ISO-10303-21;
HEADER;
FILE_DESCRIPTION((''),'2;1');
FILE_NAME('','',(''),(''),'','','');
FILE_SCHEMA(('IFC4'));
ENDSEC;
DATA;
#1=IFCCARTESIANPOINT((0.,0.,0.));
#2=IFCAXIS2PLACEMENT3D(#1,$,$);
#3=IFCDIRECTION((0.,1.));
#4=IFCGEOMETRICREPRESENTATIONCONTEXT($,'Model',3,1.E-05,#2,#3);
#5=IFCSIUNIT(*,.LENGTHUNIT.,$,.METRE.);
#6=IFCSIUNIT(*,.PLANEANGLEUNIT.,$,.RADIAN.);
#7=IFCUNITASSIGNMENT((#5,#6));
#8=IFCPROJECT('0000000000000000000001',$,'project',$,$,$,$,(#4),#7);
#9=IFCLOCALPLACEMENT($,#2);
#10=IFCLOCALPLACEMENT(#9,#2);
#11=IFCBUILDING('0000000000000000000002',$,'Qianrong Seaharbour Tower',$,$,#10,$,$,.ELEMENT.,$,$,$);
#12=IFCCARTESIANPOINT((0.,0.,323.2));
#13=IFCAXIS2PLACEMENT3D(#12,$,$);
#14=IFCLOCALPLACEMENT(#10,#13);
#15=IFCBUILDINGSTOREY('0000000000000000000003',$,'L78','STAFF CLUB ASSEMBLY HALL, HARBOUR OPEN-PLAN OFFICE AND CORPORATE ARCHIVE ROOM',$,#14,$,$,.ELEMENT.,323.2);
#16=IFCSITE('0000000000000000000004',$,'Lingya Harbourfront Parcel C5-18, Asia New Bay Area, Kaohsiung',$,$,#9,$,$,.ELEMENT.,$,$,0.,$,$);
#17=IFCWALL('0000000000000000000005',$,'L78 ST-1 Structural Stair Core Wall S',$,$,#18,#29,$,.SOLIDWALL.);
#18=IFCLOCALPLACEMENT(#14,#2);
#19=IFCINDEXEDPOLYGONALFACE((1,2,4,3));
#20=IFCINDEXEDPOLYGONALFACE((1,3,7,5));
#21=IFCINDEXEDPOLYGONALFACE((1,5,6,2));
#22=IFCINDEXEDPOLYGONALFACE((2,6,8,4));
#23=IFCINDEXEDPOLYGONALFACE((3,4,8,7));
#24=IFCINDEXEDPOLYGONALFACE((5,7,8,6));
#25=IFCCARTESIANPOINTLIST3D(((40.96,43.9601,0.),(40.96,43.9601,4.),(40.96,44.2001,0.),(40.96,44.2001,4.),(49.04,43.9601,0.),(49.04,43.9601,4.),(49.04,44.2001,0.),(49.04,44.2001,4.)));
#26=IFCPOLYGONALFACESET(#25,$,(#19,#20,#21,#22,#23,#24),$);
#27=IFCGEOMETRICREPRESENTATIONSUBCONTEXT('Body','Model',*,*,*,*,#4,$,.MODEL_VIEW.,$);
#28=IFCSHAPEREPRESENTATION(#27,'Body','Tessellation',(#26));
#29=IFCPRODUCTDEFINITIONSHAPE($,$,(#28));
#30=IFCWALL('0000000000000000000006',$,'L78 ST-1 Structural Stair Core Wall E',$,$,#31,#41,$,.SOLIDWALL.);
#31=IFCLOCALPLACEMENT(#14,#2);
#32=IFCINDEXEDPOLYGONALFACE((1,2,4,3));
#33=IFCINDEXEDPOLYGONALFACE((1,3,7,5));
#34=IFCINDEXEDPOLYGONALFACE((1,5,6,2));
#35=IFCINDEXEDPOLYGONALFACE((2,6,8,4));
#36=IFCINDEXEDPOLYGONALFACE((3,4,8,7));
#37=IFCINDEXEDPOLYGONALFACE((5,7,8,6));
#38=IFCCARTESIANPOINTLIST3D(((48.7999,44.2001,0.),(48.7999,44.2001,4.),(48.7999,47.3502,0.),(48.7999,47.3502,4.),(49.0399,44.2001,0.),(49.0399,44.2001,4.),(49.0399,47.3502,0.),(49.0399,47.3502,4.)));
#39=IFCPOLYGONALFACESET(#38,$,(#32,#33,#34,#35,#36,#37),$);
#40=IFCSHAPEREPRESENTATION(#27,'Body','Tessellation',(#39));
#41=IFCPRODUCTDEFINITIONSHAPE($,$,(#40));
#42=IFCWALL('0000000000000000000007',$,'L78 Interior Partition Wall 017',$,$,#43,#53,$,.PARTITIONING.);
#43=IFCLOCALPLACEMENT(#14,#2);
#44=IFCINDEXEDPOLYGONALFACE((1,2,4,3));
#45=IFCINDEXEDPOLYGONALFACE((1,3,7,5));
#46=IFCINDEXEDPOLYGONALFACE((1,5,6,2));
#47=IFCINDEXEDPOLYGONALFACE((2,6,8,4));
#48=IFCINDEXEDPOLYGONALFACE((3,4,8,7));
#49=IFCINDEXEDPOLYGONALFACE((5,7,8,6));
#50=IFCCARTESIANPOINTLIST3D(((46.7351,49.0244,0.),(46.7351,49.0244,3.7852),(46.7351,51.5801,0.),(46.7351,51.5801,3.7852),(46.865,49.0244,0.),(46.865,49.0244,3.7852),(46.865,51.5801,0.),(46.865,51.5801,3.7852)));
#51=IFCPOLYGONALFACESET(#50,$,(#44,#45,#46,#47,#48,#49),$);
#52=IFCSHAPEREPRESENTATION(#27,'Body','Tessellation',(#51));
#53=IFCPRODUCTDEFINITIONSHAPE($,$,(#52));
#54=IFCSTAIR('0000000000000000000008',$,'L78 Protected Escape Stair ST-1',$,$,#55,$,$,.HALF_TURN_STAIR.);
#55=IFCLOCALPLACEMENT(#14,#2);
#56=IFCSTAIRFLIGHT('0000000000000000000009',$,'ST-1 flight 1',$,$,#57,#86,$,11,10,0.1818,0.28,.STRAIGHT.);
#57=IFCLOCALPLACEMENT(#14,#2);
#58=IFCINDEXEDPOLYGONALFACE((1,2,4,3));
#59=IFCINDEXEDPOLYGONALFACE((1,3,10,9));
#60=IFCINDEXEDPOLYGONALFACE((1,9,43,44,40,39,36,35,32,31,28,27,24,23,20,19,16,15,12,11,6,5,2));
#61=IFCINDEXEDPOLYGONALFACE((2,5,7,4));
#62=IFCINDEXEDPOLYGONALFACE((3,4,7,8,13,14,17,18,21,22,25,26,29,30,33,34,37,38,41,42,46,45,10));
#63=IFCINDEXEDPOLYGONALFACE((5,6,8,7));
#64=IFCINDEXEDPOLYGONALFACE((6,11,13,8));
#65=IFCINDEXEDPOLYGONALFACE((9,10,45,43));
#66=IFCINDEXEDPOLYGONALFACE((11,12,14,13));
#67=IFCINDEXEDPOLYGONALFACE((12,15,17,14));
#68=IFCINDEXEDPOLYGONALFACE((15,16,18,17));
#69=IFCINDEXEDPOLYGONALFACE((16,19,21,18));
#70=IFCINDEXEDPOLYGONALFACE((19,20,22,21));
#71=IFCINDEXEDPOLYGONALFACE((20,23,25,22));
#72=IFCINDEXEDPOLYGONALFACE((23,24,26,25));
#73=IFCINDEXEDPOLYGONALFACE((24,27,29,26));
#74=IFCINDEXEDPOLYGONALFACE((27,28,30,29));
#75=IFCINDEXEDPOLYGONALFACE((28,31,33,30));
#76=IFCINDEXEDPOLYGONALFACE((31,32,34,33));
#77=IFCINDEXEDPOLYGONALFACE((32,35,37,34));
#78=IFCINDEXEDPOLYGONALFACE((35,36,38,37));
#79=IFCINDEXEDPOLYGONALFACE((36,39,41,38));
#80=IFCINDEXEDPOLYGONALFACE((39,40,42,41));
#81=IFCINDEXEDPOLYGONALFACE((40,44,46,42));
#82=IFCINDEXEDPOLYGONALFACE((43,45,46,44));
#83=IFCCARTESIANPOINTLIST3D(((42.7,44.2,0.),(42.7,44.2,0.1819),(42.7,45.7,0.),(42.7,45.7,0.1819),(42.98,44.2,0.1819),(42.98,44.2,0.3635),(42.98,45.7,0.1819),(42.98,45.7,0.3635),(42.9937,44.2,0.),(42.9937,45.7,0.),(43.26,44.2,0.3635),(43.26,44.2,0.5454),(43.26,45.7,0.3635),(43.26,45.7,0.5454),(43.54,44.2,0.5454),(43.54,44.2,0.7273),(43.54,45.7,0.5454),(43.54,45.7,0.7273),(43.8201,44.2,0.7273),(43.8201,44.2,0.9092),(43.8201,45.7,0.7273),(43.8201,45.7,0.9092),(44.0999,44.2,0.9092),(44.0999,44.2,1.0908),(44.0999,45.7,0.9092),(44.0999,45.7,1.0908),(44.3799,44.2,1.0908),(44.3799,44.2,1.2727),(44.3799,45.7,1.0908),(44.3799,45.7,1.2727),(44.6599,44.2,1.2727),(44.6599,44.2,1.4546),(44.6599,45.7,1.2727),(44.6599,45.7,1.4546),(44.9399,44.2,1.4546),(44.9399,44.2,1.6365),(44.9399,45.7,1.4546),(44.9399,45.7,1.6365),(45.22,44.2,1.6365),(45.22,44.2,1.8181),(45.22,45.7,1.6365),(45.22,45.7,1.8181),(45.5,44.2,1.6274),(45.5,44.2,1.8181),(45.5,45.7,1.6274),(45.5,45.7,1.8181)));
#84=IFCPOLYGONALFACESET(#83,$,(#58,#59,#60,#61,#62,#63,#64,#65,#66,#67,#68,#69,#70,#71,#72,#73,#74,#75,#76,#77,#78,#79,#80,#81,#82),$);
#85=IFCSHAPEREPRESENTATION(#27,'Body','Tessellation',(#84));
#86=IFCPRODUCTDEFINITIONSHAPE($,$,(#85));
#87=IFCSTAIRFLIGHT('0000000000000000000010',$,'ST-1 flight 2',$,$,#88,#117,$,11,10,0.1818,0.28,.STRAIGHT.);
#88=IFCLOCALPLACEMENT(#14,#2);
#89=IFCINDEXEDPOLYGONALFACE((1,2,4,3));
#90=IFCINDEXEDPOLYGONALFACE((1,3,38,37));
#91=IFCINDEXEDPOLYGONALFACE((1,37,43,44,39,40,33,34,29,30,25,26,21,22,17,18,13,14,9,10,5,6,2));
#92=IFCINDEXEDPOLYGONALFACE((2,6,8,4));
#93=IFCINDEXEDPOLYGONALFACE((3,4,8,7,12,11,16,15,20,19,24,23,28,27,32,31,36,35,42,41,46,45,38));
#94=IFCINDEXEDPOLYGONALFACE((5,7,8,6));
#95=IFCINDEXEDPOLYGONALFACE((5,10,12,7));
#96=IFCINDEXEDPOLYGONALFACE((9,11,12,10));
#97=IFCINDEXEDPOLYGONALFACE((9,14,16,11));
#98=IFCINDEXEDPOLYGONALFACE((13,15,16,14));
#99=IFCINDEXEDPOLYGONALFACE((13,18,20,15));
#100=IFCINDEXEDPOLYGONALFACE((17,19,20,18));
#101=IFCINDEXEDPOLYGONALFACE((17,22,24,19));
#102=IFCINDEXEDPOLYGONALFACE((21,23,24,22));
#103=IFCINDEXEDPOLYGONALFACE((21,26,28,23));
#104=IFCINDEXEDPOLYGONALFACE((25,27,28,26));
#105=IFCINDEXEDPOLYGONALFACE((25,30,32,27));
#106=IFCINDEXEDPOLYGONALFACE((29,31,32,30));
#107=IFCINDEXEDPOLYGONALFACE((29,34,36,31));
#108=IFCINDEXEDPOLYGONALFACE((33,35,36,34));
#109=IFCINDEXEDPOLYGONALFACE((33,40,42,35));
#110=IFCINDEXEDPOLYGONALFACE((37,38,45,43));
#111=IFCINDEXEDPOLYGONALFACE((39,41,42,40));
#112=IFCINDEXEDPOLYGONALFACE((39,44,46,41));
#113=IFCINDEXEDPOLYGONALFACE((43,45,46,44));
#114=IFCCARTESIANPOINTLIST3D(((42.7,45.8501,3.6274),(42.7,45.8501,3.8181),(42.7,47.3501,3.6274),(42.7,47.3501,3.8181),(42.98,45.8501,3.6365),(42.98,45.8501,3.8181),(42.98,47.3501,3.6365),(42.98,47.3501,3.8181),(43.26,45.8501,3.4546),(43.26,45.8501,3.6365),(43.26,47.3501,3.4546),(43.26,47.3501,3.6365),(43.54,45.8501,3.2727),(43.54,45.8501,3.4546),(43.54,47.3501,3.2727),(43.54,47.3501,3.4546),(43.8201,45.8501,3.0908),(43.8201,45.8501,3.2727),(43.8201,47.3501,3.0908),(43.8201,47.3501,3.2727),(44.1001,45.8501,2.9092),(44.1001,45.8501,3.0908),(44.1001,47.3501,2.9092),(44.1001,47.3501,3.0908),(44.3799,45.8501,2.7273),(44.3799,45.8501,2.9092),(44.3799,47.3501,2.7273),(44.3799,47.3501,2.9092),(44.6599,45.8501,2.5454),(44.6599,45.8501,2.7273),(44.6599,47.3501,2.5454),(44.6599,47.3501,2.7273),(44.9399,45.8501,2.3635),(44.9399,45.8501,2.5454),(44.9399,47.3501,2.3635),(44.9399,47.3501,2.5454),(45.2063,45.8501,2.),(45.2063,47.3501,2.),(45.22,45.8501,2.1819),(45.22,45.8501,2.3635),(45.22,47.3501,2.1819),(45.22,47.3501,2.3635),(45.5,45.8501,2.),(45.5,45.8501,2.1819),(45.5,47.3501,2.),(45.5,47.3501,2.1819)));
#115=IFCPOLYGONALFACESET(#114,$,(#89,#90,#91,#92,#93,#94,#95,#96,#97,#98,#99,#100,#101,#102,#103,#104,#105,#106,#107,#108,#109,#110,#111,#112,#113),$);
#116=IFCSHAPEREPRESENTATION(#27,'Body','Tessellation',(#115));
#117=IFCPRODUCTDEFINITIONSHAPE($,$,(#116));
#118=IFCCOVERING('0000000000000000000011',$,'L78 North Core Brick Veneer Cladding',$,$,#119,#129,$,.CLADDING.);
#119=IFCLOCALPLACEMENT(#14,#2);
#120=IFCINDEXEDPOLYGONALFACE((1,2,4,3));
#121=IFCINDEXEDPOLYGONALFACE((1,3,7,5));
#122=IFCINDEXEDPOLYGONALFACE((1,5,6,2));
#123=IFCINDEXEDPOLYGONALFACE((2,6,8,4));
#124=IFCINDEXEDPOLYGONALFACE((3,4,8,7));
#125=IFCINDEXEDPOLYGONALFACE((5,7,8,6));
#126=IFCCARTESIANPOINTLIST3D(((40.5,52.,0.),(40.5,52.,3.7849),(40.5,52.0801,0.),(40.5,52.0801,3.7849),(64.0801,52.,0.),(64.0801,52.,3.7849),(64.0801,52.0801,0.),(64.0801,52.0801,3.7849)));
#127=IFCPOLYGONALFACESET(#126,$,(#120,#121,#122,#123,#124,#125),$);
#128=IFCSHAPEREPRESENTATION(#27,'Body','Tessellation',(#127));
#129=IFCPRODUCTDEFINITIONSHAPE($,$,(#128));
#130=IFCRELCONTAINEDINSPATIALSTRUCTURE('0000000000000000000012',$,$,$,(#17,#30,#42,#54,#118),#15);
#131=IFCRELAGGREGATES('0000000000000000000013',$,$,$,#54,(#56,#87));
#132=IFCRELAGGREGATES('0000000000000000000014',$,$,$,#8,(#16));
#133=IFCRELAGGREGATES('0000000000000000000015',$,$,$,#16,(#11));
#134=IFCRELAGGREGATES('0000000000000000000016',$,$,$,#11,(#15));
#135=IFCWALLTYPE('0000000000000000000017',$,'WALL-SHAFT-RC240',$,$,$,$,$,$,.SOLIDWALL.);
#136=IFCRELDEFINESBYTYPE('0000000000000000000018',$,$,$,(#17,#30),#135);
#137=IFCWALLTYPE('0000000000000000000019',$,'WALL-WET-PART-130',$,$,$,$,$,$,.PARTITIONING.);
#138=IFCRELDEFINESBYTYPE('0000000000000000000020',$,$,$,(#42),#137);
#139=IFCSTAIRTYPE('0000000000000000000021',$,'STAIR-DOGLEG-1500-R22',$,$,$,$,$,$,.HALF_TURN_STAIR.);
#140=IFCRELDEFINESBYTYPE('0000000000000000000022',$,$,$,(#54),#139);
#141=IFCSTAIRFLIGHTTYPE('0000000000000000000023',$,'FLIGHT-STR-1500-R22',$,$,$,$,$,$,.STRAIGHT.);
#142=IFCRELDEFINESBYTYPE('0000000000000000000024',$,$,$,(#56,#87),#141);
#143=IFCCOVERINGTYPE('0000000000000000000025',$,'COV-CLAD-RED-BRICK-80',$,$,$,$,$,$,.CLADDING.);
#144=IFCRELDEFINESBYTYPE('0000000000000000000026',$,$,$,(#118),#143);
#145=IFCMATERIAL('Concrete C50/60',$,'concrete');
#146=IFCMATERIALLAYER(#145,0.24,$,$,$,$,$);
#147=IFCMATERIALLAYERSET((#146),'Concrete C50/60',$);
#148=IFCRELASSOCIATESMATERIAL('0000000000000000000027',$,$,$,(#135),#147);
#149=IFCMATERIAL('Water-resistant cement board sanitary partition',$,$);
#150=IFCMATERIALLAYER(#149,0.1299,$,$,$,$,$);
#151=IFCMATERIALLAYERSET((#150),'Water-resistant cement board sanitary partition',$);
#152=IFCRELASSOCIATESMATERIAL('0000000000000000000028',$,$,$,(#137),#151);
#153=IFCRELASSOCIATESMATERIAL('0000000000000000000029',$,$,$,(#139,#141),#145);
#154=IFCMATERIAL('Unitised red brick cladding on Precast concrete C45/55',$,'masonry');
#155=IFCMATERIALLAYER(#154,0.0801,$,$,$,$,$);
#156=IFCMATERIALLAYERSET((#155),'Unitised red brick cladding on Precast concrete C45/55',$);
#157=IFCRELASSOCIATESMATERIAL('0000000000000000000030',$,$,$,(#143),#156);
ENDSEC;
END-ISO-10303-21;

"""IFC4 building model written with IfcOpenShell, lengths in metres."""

from ifc_helpers import new_model, si_unit, direction, frame, frame_2d, origin, origin_2d, place, context, subcontext, project, spatial, polyline, rectangle, outline, extrude, material, layer, layer_set, type_object, element, aggregate, save


model = new_model("IFC4")

# Units and contexts
model_context = context("Model", 3, precision=1e-05, world=origin(), true_north=direction((0.0, 1.0)))
body_context = subcontext(model_context, "Body", "Model", "MODEL_VIEW")
ifc_project = project(units=[si_unit("LENGTHUNIT", "METRE"), si_unit("PLANEANGLEUNIT", "RADIAN")], contexts=[model_context])

# Site, building, storey
site_placement = place(None, origin())
site = spatial("IfcSite", under=ifc_project, at=site_placement, Name="Lingya Harbourfront Parcel C5-18, Asia New Bay Area, Kaohsiung", CompositionType="ELEMENT", RefElevation=0.0)
building_placement = place(site_placement, origin())
building = spatial("IfcBuilding", under=site, at=building_placement, Name="Qianrong Seaharbour Tower", CompositionType="ELEMENT")
storey_placement = place(building_placement, frame((0.0, 0.0, 323.2)))
storey = spatial("IfcBuildingStorey", under=building, at=storey_placement, Name="L78", Description="STAFF CLUB ASSEMBLY HALL, HARBOUR OPEN-PLAN OFFICE AND CORPORATE ARCHIVE ROOM", CompositionType="ELEMENT", Elevation=323.2)

# Shared definitions
ifc_material_1 = material(Name="Concrete C50/60", Category="concrete")

# Walls
ifc_layer_1 = layer(ifc_material_1, 0.24)
ifc_layer_set_1 = layer_set([ifc_layer_1], Name="Concrete C50/60")
wall_type_1 = type_object("IfcWallType", Name="WALL-SHAFT-RC240", PredefinedType="SOLIDWALL", material=ifc_layer_set_1)
wall_1_placement = place(storey_placement, frame((49.04, 44.0801, 0.0), z_axis=(0.0, 0.0, 1.0), x_axis=(-1.0, 0.0, 0.0)))
element("IfcWall", 1, at=wall_1_placement, inside=storey, type_object=wall_type_1, Name="L78 ST-1 Structural Stair Core Wall S", PredefinedType="SOLIDWALL", context=body_context, shape_type="SweptSolid", body=[
    extrude(rectangle(XDim=8.0801, YDim=0.24, at=frame_2d((4.04, 0.0))), origin(), (0.0, 0.0, 1.0), 4.0),
])
wall_2_placement = place(storey_placement, frame((48.9199, 44.2, 0.0), z_axis=(0.0, 0.0, 1.0), x_axis=(0.0, 1.0, 0.0)))
element("IfcWall", 2, at=wall_2_placement, inside=storey, type_object=wall_type_1, Name="L78 ST-1 Structural Stair Core Wall E", PredefinedType="SOLIDWALL", context=body_context, shape_type="SweptSolid", body=[
    extrude(rectangle(XDim=3.1501, YDim=0.24, at=frame_2d((1.5752, 0.0))), origin(), (0.0, 0.0, 1.0), 4.0),
])
ifc_material_2 = material(Name="Water-resistant cement board sanitary partition")
ifc_layer_2 = layer(ifc_material_2, 0.1299)
ifc_layer_set_2 = layer_set([ifc_layer_2], Name="Water-resistant cement board sanitary partition")
wall_type_2 = type_object("IfcWallType", Name="WALL-WET-PART-130", PredefinedType="PARTITIONING", material=ifc_layer_set_2)
wall_3_placement = place(storey_placement, frame((46.8, 51.5801, 0.0), z_axis=(0.0, 0.0, 1.0), x_axis=(0.0, -1.0, 0.0)))
element("IfcWall", 3, at=wall_3_placement, inside=storey, type_object=wall_type_2, Name="L78 Interior Partition Wall 017", PredefinedType="PARTITIONING", context=body_context, shape_type="SweptSolid", body=[
    extrude(rectangle(XDim=2.5557, YDim=0.1299, at=frame_2d((1.2778, 0.0))), origin(), (0.0, 0.0, 1.0), 3.7852),
])

# Stair, stair flights
stair_type = type_object("IfcStairType", Name="STAIR-DOGLEG-1500-R22", PredefinedType="HALF_TURN_STAIR", material=ifc_material_1)
stair_placement = place(storey_placement, origin())
stair = element("IfcStair", 4, at=stair_placement, inside=storey, type_object=stair_type, Name="L78 Protected Escape Stair ST-1", PredefinedType="HALF_TURN_STAIR")
stair_flight_type = type_object("IfcStairFlightType", Name="FLIGHT-STR-1500-R22", PredefinedType="STRAIGHT", material=ifc_material_1)
stair_flight_1_placement = place(storey_placement, frame((42.7, 44.95, 0.0), z_axis=(0.0, 0.0, 1.0), x_axis=(1.0, 0.0, 0.0)))
stair_flight_1 = element("IfcStairFlight", 5, at=stair_flight_1_placement, type_object=stair_flight_type, Name="ST-1 flight 1", NumberOfRisers=11, NumberOfTreads=10, PredefinedType="STRAIGHT", RiserHeight=0.1818, TreadLength=0.28, context=body_context, shape_type="SweptSolid", body=[
    extrude(outline(polyline([(0.0, 0.0), (0.0, 0.1819), (0.28, 0.1819), (0.28, 0.3635), (0.5601, 0.3635), (0.5601, 0.5454), (0.8401, 0.5454), (0.8401, 0.7273), (1.1201, 0.7273), (1.1201, 0.9092), (1.3999, 0.9092), (1.3999, 1.0908), (1.6799, 1.0908), (1.6799, 1.2727), (1.96, 1.2727), (1.96, 1.4546), (2.24, 1.4546), (2.24, 1.6365), (2.52, 1.6365), (2.52, 1.8181), (2.8, 1.8181), (2.8, 2.0), (2.8, 1.6274), (0.2937, 0.0), (0.0, 0.0)])), frame((0.0, 0.75, 0.0), z_axis=(0.0, -1.0, 0.0), x_axis=(1.0, 0.0, 0.0)), (0.0, 0.0, 1.0), 1.5),
])
stair_flight_2_placement = place(storey_placement, frame((45.5, 46.6001, 2.0), z_axis=(0.0, 0.0, 1.0), x_axis=(-1.0, 0.0, 0.0)))
stair_flight_2 = element("IfcStairFlight", 6, at=stair_flight_2_placement, type_object=stair_flight_type, Name="ST-1 flight 2", NumberOfRisers=11, NumberOfTreads=10, PredefinedType="STRAIGHT", RiserHeight=0.1818, TreadLength=0.28, context=body_context, shape_type="SweptSolid", body=[
    extrude(outline(polyline([(0.0, 0.0), (0.0, 0.1819), (0.28, 0.1819), (0.28, 0.3635), (0.5601, 0.3635), (0.5601, 0.5454), (0.8401, 0.5454), (0.8401, 0.7273), (1.1201, 0.7273), (1.1201, 0.9092), (1.3999, 0.9092), (1.3999, 1.0908), (1.6799, 1.0908), (1.6799, 1.2727), (1.96, 1.2727), (1.96, 1.4546), (2.24, 1.4546), (2.24, 1.6365), (2.52, 1.6365), (2.52, 1.8181), (2.8, 1.8181), (2.8, 2.0), (2.8, 1.6274), (0.2937, 0.0), (0.0, 0.0)])), frame((0.0, 0.75, 0.0), z_axis=(0.0, -1.0, 0.0), x_axis=(1.0, 0.0, 0.0)), (0.0, 0.0, 1.0), 1.5),
])
aggregate(stair, [stair_flight_1, stair_flight_2])

# Covering
ifc_material_3 = material(Name="Unitised red brick cladding on Precast concrete C45/55", Category="masonry")
ifc_layer_3 = layer(ifc_material_3, 0.0801)
ifc_layer_set_3 = layer_set([ifc_layer_3], Name="Unitised red brick cladding on Precast concrete C45/55")
covering_type = type_object("IfcCoveringType", Name="COV-CLAD-RED-BRICK-80", PredefinedType="CLADDING", material=ifc_layer_set_3)
covering_placement = place(storey_placement, frame((52.29, 52.04, 0.0), z_axis=(0.0, 0.0, 1.0), x_axis=(1.0, 0.0, 0.0)))
element("IfcCovering", 7, at=covering_placement, inside=storey, type_object=covering_type, Name="L78 North Core Brick Veneer Cladding", PredefinedType="CLADDING", context=body_context, shape_type="SweptSolid", body=[
    extrude(rectangle(XDim=23.5801, YDim=0.0801, at=origin_2d()), origin(), (0.0, 0.0, 1.0), 3.7849),
])

save(model, "model.ifc")
